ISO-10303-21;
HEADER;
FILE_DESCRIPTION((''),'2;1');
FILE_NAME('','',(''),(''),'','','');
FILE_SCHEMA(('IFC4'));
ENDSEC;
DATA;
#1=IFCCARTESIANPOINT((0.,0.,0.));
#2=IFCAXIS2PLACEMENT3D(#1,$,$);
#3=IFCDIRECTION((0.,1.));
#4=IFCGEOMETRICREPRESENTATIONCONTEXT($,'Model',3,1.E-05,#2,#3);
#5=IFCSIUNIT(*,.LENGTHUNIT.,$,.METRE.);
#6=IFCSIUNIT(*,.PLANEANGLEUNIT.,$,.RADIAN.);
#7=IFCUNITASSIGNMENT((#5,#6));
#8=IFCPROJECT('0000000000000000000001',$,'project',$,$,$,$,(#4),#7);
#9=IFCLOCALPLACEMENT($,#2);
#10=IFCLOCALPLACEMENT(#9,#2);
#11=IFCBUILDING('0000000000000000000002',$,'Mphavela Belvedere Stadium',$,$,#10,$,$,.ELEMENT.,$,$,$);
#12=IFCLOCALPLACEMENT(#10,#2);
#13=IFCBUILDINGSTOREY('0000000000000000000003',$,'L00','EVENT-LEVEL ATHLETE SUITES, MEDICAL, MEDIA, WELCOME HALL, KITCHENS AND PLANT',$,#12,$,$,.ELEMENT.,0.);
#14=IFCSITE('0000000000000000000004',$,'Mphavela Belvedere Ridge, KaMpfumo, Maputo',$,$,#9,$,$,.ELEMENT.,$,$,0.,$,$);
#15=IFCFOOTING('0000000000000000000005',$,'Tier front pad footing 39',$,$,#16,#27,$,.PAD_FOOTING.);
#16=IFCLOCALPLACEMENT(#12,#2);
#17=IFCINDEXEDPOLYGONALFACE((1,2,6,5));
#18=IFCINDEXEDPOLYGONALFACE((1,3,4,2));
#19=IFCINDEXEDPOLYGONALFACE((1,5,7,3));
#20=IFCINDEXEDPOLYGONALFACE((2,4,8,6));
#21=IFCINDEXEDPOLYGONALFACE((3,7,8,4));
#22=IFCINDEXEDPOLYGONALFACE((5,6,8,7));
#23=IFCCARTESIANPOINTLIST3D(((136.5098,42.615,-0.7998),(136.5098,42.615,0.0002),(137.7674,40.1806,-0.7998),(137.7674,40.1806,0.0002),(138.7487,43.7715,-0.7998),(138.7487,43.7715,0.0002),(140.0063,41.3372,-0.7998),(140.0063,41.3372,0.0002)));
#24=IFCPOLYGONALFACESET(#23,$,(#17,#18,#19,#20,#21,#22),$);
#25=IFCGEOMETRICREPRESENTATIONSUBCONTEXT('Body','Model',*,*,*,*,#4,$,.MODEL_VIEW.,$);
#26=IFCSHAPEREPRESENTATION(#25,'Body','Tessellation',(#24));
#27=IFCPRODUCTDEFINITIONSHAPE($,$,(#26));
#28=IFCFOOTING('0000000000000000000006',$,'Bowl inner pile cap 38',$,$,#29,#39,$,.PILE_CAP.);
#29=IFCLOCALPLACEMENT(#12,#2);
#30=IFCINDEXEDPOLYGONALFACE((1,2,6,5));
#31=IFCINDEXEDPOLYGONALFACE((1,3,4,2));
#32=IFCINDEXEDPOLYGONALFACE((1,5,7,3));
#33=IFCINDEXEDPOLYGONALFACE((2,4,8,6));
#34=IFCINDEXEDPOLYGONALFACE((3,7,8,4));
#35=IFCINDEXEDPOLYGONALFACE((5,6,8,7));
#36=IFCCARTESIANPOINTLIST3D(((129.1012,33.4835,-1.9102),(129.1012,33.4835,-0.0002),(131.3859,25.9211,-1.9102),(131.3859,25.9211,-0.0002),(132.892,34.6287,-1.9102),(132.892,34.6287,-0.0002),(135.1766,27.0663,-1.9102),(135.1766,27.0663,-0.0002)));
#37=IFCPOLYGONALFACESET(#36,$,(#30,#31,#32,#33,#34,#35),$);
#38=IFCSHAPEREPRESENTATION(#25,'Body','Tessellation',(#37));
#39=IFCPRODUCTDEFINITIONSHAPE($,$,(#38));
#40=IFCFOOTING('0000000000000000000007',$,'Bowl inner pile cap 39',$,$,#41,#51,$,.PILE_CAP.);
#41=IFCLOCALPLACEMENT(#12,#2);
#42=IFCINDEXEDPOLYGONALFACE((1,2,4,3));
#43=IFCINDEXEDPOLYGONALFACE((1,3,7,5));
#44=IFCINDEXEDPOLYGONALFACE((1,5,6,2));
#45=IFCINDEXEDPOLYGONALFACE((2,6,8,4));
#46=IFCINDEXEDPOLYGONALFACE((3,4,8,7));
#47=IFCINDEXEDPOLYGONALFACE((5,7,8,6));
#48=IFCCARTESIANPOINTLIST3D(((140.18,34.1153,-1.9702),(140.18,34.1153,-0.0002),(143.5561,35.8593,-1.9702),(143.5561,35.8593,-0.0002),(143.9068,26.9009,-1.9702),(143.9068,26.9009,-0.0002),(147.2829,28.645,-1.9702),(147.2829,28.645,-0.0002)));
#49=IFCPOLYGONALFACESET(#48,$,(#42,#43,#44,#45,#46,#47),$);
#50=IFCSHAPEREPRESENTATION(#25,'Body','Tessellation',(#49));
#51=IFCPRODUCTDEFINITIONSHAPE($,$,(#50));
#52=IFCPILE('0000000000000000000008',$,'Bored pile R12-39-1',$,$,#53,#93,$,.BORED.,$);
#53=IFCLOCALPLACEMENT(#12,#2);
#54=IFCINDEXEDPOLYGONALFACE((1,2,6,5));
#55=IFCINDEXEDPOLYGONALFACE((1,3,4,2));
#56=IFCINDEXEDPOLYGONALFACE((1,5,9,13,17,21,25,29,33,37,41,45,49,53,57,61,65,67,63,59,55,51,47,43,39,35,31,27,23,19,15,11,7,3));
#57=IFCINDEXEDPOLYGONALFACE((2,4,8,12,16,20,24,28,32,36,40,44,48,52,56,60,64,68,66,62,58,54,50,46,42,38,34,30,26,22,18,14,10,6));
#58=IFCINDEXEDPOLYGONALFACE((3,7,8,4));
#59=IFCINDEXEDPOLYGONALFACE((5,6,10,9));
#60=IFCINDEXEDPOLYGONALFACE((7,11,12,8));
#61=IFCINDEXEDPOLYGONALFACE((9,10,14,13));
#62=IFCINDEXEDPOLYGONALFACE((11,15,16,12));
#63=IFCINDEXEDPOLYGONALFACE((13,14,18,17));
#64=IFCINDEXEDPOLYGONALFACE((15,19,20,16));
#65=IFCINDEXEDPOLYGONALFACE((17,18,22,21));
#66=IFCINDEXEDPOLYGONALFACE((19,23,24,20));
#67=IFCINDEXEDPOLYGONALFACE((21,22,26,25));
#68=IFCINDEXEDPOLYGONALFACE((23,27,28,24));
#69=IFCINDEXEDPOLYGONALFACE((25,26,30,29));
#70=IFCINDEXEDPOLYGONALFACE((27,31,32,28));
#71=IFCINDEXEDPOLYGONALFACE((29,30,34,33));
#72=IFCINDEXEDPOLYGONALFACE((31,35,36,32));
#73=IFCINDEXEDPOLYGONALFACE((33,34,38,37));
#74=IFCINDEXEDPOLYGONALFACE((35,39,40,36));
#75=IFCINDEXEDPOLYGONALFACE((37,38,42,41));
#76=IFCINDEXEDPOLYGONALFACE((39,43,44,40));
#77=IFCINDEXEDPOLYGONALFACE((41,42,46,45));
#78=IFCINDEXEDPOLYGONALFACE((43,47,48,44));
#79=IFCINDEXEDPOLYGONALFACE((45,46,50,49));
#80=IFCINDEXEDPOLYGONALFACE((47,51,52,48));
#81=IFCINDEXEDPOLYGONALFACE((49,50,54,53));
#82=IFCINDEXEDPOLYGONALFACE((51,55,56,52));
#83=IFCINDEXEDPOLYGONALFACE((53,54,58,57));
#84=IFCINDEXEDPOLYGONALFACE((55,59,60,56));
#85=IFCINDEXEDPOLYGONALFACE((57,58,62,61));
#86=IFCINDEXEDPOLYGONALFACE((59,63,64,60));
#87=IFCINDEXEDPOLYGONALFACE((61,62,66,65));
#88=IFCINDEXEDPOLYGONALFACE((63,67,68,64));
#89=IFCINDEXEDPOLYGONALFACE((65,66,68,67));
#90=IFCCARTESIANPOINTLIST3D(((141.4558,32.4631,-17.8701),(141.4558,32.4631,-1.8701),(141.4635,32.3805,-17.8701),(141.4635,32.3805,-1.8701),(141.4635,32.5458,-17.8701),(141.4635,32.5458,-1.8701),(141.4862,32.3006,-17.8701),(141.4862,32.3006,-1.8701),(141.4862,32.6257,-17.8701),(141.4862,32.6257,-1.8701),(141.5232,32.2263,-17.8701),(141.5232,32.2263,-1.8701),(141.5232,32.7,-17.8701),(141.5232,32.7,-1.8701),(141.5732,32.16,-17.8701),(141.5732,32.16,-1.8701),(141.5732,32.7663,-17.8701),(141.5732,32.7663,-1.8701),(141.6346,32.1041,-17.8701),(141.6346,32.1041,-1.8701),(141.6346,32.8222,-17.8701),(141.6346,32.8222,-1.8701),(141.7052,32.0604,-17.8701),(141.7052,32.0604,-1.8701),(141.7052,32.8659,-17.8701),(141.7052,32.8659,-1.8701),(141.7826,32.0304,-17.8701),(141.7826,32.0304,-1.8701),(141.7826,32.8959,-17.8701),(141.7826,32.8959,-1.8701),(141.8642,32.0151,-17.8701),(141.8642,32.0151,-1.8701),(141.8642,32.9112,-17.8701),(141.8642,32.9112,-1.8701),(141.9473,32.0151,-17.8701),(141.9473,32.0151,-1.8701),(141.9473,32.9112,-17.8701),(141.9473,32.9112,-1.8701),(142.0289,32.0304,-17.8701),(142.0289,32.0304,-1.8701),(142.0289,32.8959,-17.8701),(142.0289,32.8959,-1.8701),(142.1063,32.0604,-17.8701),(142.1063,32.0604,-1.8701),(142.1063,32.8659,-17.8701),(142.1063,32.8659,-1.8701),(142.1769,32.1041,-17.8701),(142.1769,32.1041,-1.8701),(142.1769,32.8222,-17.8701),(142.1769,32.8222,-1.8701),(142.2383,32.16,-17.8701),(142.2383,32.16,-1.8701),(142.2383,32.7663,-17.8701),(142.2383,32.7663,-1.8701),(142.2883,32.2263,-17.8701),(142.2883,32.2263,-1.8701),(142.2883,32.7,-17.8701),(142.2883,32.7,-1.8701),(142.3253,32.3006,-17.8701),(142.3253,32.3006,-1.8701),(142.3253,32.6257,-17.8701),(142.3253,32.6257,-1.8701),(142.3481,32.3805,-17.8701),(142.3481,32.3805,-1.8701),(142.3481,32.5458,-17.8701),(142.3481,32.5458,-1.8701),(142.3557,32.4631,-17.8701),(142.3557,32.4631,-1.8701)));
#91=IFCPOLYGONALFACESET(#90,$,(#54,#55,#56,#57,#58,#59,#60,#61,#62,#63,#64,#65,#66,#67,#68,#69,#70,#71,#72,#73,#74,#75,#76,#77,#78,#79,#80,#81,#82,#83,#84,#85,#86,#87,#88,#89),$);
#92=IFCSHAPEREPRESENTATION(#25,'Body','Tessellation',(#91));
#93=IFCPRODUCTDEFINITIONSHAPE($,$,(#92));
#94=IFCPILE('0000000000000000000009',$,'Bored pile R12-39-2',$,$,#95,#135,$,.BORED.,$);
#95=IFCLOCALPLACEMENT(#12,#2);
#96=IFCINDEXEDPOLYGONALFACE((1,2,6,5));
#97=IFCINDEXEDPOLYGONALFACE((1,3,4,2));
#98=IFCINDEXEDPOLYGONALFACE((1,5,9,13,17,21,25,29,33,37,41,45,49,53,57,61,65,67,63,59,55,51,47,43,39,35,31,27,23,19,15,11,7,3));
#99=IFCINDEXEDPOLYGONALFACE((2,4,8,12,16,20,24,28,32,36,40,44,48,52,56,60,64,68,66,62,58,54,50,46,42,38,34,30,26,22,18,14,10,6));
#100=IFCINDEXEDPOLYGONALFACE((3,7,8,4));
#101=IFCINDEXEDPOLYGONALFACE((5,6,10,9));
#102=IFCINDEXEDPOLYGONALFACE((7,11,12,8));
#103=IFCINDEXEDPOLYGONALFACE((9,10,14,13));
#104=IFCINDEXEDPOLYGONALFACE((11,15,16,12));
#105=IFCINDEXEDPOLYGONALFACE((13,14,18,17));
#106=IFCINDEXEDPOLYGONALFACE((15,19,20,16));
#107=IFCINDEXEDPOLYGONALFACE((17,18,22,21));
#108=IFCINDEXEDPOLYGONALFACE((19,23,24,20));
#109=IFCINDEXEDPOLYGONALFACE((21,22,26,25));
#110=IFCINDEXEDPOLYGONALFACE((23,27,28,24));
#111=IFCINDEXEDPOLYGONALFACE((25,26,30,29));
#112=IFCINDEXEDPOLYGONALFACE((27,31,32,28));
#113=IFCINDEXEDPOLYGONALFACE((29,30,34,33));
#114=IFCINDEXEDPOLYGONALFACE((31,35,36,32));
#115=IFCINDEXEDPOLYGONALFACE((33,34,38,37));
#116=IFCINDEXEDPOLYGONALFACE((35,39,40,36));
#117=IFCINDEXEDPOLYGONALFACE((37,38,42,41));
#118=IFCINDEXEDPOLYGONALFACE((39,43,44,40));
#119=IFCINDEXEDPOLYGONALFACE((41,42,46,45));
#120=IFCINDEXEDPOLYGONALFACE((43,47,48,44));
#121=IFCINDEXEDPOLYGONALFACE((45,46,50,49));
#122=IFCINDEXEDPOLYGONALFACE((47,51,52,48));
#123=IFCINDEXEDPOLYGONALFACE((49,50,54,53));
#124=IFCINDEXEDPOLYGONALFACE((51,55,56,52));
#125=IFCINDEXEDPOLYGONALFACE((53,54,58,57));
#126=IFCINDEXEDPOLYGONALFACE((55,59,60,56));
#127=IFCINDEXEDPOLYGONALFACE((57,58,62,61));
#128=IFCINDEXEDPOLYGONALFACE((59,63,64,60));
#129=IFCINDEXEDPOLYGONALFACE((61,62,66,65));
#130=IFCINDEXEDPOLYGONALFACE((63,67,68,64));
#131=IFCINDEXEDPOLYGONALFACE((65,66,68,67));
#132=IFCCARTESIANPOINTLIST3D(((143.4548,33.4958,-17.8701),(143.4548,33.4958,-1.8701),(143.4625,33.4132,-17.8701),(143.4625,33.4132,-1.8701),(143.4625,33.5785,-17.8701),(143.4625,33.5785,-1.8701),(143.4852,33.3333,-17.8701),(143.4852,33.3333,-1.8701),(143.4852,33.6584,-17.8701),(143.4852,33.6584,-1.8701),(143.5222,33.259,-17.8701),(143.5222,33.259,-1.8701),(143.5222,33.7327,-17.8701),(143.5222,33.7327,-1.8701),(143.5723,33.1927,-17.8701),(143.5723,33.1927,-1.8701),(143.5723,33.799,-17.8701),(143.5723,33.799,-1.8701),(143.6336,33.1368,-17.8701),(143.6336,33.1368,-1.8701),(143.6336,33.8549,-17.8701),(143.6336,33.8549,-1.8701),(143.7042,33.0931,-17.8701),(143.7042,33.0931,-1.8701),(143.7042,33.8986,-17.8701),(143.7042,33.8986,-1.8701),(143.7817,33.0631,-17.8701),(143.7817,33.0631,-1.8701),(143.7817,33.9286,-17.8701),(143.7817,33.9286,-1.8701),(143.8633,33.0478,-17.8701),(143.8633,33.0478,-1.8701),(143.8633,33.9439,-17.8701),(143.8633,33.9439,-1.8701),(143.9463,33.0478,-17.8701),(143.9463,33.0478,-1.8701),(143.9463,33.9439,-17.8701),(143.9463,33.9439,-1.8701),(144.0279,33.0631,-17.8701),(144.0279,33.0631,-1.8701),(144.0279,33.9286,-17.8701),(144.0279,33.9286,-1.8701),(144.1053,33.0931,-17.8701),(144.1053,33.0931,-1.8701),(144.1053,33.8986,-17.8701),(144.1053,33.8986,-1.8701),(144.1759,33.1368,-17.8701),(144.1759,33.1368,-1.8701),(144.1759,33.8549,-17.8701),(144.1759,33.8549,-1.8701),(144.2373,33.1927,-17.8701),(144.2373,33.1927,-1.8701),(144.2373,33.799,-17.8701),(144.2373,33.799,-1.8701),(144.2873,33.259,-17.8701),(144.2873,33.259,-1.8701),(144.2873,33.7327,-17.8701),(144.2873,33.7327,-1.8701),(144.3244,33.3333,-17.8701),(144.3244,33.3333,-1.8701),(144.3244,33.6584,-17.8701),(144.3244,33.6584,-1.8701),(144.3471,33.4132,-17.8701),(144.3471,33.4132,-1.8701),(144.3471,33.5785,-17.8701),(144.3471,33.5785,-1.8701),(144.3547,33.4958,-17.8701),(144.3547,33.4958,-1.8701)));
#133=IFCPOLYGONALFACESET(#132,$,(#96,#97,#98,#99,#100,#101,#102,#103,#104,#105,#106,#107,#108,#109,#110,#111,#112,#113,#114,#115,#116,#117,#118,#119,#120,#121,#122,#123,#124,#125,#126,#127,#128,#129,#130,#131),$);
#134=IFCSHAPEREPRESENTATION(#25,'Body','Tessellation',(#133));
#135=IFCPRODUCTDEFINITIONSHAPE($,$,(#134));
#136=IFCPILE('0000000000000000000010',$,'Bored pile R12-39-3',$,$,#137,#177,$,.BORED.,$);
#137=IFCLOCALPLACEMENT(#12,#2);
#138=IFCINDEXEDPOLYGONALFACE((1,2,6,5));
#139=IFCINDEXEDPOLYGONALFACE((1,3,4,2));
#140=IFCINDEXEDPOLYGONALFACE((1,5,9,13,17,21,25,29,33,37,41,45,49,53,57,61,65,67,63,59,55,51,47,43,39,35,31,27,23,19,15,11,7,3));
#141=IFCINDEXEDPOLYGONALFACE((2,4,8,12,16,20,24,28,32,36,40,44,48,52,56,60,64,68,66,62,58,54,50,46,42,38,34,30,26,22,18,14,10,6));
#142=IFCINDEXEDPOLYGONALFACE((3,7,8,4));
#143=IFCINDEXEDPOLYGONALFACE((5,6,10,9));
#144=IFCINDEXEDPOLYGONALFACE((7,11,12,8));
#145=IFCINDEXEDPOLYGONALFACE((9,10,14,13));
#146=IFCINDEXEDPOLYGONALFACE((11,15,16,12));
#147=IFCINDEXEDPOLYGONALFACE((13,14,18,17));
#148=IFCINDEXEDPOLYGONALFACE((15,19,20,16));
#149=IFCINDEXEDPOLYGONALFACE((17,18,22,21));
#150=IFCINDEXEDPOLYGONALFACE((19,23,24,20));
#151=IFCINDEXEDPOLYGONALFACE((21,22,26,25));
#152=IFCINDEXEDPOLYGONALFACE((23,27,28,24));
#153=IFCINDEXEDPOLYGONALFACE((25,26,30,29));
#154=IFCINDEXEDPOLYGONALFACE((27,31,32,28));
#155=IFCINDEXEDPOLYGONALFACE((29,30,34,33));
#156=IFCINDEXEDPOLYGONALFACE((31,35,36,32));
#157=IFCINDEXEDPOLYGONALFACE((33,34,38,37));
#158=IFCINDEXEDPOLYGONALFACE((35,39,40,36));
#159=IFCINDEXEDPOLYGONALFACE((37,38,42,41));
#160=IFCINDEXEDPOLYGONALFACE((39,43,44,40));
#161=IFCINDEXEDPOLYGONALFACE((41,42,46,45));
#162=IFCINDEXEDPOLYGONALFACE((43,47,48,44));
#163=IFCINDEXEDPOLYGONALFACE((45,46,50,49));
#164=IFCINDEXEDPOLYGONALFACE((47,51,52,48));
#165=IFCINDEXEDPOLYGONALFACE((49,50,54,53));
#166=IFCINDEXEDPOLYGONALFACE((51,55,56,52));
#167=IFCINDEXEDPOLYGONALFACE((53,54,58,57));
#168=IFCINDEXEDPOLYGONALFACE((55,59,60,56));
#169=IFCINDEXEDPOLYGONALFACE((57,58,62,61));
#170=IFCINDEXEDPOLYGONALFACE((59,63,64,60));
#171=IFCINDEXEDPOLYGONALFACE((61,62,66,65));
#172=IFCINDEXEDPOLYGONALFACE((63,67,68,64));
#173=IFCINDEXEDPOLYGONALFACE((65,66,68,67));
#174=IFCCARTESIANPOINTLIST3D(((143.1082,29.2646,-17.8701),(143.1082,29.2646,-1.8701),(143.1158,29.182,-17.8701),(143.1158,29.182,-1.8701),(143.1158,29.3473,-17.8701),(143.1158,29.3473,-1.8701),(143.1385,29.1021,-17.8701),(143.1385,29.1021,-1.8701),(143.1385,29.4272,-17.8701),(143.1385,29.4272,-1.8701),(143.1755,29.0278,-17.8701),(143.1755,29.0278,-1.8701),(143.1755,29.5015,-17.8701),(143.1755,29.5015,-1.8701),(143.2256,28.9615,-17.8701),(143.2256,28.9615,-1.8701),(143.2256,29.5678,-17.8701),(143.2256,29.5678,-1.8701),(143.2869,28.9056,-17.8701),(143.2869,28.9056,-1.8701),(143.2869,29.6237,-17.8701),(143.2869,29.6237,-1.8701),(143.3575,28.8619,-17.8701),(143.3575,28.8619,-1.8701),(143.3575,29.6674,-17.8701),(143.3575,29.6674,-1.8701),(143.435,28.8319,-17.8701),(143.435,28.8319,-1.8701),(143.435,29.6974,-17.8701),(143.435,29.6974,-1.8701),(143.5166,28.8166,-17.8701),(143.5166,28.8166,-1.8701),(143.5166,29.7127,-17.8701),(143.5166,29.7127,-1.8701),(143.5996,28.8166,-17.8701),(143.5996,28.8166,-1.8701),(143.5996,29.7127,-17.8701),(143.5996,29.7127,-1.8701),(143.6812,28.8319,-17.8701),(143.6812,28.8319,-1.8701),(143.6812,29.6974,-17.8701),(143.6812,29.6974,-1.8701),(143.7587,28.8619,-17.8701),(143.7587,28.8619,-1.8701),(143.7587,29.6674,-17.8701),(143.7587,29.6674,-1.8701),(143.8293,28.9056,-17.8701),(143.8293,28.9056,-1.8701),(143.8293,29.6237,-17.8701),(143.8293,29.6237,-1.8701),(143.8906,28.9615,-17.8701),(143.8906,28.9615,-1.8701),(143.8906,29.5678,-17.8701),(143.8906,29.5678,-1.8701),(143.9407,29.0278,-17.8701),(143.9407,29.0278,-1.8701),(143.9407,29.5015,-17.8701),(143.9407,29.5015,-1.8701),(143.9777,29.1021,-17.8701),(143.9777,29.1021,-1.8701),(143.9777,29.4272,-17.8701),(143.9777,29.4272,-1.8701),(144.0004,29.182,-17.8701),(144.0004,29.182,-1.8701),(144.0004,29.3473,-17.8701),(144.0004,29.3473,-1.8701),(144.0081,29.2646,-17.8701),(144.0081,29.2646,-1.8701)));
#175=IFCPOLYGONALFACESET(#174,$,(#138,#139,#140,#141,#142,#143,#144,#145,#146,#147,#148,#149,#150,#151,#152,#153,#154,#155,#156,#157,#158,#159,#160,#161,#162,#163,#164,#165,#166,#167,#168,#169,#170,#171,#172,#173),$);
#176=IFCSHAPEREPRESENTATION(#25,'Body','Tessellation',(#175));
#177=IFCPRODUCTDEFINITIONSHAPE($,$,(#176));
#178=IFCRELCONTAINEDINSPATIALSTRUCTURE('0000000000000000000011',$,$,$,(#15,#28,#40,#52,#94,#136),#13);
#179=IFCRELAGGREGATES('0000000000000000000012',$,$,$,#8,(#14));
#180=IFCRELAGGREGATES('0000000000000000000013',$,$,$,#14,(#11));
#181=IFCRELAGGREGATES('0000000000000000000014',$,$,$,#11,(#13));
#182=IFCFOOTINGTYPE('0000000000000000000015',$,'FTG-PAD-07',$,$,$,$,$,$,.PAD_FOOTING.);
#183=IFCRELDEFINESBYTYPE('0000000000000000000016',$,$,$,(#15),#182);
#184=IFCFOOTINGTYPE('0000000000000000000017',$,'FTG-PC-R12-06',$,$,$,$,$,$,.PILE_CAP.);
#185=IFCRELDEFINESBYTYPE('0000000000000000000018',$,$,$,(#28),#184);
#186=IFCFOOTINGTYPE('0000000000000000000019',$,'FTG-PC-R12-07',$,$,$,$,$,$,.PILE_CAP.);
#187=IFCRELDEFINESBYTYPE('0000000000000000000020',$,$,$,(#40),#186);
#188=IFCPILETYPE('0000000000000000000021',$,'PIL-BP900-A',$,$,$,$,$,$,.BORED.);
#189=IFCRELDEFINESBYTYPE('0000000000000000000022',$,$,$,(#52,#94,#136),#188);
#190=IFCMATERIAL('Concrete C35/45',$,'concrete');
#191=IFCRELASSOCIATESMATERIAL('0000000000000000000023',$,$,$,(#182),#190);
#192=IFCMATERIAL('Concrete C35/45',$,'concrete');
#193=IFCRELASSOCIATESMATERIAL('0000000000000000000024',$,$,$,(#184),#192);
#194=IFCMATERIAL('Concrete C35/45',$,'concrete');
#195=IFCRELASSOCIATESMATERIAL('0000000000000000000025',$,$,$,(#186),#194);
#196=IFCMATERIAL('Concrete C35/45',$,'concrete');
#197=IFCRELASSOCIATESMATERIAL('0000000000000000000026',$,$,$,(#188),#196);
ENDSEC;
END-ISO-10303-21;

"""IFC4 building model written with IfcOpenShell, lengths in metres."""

from ifc_helpers import new_model, si_unit, direction, frame, origin, origin_2d, place, context, subcontext, project, spatial, rectangle, circle, extrude, material, material_profile, profile_set, type_object, element, save


model = new_model("IFC4")

# Units and contexts
model_context = context("Model", 3, precision=1e-05, world=origin(), true_north=direction((0.0, 1.0)))
body_context = subcontext(model_context, "Body", "Model", "MODEL_VIEW")
ifc_project = project(units=[si_unit("LENGTHUNIT", "METRE"), si_unit("PLANEANGLEUNIT", "RADIAN")], contexts=[model_context])

# Site, building, storey
site_placement = place(None, origin())
site = spatial("IfcSite", under=ifc_project, at=site_placement, Name="Mphavela Belvedere Ridge, KaMpfumo, Maputo", CompositionType="ELEMENT", RefElevation=0.0)
building_placement = place(site_placement, origin())
building = spatial("IfcBuilding", under=site, at=building_placement, Name="Mphavela Belvedere Stadium", CompositionType="ELEMENT")
storey_placement = place(building_placement, origin())
storey = spatial("IfcBuildingStorey", under=building, at=storey_placement, Name="L00", Description="EVENT-LEVEL ATHLETE SUITES, MEDICAL, MEDIA, WELCOME HALL, KITCHENS AND PLANT", CompositionType="ELEMENT", Elevation=0.0)

# Footings
ifc_material_1 = material(Name="Concrete C35/45", Category="concrete")
footing_type_1 = type_object("IfcFootingType", Name="FTG-PAD-07", PredefinedType="PAD_FOOTING", material=ifc_material_1)
footing_1_placement = place(storey_placement, frame((138.2581, 41.9761, -0.7998), z_axis=(0.0, 0.0, 1.0), x_axis=(0.45896, -0.888457, 0.0)))
element("IfcFooting", 1, at=footing_1_placement, inside=storey, type_object=footing_type_1, Name="Tier front pad footing 39", PredefinedType="PAD_FOOTING", context=body_context, shape_type="SweptSolid", body=[
    extrude(rectangle(XDim=2.74, YDim=2.52, at=origin_2d()), origin(), (0.0, 0.0, 1.0), 0.8),
])
ifc_material_2 = material(Name="Concrete C35/45", Category="concrete")
footing_type_2 = type_object("IfcFootingType", Name="FTG-PC-R12-06", PredefinedType="PILE_CAP", material=ifc_material_2)
footing_2_placement = place(storey_placement, frame((132.1389, 30.2749, -1.9102), z_axis=(0.0, 0.0, 1.0), x_axis=(0.289199, -0.957269, 0.0)))
element("IfcFooting", 2, at=footing_2_placement, inside=storey, type_object=footing_type_2, Name="Bowl inner pile cap 38", PredefinedType="PILE_CAP", context=body_context, shape_type="SweptSolid", body=[
    extrude(rectangle(XDim=7.8999, YDim=3.96, at=origin_2d()), origin(), (0.0, 0.0, 1.0), 1.9099),
])
ifc_material_3 = material(Name="Concrete C35/45", Category="concrete")
footing_type_3 = type_object("IfcFootingType", Name="FTG-PC-R12-07", PredefinedType="PILE_CAP", material=ifc_material_3)
footing_3_placement = place(storey_placement, frame((143.7314, 31.3801, -1.9702), z_axis=(0.0, 0.0, 1.0), x_axis=(0.45896, -0.888457, 0.0)))
element("IfcFooting", 3, at=footing_3_placement, inside=storey, type_object=footing_type_3, Name="Bowl inner pile cap 39", PredefinedType="PILE_CAP", context=body_context, shape_type="SweptSolid", body=[
    extrude(rectangle(XDim=8.1201, YDim=3.8, at=origin_2d()), origin(), (0.0, 0.0, 1.0), 1.97),
])

# Piles
ifc_material_4 = material(Name="Concrete C35/45", Category="concrete")
ifc_material_profile_1 = material_profile(ifc_material_4, circle(Radius=0.45, at=origin_2d()), Name="BP D900")
ifc_profile_set_1 = profile_set([ifc_material_profile_1], Name="Concrete C35/45")
pile_type_1 = type_object("IfcPileType", Name="PIL-BP900-A", PredefinedType="BORED", material=ifc_profile_set_1)
for number, where, z_axis, x_axis, name in (
    (4, (141.9058, 32.4631, -1.8701), (0.0, 0.0, -1.0), (1.0, 0.0, 0.0), "Bored pile R12-39-1"),
    (5, (143.9048, 33.4958, -1.8701), (0.0, 0.0, -1.0), (1.0, 0.0, 0.0), "Bored pile R12-39-2"),
    (6, (143.5581, 29.2646, -1.8701), (0.0, 0.0, -1.0), (1.0, 0.0, 0.0), "Bored pile R12-39-3"),
):
    element("IfcPile", number, at=place(storey_placement, frame(where, z_axis=z_axis, x_axis=x_axis)), inside=storey, type_object=pile_type_1, Name=name, PredefinedType="BORED", context=body_context, shape_type="SweptSolid", body=[
        extrude(circle(Radius=0.45, at=origin_2d()), origin(), (0.0, 0.0, 1.0), 16.0),
    ])

save(model, "model.ifc")
